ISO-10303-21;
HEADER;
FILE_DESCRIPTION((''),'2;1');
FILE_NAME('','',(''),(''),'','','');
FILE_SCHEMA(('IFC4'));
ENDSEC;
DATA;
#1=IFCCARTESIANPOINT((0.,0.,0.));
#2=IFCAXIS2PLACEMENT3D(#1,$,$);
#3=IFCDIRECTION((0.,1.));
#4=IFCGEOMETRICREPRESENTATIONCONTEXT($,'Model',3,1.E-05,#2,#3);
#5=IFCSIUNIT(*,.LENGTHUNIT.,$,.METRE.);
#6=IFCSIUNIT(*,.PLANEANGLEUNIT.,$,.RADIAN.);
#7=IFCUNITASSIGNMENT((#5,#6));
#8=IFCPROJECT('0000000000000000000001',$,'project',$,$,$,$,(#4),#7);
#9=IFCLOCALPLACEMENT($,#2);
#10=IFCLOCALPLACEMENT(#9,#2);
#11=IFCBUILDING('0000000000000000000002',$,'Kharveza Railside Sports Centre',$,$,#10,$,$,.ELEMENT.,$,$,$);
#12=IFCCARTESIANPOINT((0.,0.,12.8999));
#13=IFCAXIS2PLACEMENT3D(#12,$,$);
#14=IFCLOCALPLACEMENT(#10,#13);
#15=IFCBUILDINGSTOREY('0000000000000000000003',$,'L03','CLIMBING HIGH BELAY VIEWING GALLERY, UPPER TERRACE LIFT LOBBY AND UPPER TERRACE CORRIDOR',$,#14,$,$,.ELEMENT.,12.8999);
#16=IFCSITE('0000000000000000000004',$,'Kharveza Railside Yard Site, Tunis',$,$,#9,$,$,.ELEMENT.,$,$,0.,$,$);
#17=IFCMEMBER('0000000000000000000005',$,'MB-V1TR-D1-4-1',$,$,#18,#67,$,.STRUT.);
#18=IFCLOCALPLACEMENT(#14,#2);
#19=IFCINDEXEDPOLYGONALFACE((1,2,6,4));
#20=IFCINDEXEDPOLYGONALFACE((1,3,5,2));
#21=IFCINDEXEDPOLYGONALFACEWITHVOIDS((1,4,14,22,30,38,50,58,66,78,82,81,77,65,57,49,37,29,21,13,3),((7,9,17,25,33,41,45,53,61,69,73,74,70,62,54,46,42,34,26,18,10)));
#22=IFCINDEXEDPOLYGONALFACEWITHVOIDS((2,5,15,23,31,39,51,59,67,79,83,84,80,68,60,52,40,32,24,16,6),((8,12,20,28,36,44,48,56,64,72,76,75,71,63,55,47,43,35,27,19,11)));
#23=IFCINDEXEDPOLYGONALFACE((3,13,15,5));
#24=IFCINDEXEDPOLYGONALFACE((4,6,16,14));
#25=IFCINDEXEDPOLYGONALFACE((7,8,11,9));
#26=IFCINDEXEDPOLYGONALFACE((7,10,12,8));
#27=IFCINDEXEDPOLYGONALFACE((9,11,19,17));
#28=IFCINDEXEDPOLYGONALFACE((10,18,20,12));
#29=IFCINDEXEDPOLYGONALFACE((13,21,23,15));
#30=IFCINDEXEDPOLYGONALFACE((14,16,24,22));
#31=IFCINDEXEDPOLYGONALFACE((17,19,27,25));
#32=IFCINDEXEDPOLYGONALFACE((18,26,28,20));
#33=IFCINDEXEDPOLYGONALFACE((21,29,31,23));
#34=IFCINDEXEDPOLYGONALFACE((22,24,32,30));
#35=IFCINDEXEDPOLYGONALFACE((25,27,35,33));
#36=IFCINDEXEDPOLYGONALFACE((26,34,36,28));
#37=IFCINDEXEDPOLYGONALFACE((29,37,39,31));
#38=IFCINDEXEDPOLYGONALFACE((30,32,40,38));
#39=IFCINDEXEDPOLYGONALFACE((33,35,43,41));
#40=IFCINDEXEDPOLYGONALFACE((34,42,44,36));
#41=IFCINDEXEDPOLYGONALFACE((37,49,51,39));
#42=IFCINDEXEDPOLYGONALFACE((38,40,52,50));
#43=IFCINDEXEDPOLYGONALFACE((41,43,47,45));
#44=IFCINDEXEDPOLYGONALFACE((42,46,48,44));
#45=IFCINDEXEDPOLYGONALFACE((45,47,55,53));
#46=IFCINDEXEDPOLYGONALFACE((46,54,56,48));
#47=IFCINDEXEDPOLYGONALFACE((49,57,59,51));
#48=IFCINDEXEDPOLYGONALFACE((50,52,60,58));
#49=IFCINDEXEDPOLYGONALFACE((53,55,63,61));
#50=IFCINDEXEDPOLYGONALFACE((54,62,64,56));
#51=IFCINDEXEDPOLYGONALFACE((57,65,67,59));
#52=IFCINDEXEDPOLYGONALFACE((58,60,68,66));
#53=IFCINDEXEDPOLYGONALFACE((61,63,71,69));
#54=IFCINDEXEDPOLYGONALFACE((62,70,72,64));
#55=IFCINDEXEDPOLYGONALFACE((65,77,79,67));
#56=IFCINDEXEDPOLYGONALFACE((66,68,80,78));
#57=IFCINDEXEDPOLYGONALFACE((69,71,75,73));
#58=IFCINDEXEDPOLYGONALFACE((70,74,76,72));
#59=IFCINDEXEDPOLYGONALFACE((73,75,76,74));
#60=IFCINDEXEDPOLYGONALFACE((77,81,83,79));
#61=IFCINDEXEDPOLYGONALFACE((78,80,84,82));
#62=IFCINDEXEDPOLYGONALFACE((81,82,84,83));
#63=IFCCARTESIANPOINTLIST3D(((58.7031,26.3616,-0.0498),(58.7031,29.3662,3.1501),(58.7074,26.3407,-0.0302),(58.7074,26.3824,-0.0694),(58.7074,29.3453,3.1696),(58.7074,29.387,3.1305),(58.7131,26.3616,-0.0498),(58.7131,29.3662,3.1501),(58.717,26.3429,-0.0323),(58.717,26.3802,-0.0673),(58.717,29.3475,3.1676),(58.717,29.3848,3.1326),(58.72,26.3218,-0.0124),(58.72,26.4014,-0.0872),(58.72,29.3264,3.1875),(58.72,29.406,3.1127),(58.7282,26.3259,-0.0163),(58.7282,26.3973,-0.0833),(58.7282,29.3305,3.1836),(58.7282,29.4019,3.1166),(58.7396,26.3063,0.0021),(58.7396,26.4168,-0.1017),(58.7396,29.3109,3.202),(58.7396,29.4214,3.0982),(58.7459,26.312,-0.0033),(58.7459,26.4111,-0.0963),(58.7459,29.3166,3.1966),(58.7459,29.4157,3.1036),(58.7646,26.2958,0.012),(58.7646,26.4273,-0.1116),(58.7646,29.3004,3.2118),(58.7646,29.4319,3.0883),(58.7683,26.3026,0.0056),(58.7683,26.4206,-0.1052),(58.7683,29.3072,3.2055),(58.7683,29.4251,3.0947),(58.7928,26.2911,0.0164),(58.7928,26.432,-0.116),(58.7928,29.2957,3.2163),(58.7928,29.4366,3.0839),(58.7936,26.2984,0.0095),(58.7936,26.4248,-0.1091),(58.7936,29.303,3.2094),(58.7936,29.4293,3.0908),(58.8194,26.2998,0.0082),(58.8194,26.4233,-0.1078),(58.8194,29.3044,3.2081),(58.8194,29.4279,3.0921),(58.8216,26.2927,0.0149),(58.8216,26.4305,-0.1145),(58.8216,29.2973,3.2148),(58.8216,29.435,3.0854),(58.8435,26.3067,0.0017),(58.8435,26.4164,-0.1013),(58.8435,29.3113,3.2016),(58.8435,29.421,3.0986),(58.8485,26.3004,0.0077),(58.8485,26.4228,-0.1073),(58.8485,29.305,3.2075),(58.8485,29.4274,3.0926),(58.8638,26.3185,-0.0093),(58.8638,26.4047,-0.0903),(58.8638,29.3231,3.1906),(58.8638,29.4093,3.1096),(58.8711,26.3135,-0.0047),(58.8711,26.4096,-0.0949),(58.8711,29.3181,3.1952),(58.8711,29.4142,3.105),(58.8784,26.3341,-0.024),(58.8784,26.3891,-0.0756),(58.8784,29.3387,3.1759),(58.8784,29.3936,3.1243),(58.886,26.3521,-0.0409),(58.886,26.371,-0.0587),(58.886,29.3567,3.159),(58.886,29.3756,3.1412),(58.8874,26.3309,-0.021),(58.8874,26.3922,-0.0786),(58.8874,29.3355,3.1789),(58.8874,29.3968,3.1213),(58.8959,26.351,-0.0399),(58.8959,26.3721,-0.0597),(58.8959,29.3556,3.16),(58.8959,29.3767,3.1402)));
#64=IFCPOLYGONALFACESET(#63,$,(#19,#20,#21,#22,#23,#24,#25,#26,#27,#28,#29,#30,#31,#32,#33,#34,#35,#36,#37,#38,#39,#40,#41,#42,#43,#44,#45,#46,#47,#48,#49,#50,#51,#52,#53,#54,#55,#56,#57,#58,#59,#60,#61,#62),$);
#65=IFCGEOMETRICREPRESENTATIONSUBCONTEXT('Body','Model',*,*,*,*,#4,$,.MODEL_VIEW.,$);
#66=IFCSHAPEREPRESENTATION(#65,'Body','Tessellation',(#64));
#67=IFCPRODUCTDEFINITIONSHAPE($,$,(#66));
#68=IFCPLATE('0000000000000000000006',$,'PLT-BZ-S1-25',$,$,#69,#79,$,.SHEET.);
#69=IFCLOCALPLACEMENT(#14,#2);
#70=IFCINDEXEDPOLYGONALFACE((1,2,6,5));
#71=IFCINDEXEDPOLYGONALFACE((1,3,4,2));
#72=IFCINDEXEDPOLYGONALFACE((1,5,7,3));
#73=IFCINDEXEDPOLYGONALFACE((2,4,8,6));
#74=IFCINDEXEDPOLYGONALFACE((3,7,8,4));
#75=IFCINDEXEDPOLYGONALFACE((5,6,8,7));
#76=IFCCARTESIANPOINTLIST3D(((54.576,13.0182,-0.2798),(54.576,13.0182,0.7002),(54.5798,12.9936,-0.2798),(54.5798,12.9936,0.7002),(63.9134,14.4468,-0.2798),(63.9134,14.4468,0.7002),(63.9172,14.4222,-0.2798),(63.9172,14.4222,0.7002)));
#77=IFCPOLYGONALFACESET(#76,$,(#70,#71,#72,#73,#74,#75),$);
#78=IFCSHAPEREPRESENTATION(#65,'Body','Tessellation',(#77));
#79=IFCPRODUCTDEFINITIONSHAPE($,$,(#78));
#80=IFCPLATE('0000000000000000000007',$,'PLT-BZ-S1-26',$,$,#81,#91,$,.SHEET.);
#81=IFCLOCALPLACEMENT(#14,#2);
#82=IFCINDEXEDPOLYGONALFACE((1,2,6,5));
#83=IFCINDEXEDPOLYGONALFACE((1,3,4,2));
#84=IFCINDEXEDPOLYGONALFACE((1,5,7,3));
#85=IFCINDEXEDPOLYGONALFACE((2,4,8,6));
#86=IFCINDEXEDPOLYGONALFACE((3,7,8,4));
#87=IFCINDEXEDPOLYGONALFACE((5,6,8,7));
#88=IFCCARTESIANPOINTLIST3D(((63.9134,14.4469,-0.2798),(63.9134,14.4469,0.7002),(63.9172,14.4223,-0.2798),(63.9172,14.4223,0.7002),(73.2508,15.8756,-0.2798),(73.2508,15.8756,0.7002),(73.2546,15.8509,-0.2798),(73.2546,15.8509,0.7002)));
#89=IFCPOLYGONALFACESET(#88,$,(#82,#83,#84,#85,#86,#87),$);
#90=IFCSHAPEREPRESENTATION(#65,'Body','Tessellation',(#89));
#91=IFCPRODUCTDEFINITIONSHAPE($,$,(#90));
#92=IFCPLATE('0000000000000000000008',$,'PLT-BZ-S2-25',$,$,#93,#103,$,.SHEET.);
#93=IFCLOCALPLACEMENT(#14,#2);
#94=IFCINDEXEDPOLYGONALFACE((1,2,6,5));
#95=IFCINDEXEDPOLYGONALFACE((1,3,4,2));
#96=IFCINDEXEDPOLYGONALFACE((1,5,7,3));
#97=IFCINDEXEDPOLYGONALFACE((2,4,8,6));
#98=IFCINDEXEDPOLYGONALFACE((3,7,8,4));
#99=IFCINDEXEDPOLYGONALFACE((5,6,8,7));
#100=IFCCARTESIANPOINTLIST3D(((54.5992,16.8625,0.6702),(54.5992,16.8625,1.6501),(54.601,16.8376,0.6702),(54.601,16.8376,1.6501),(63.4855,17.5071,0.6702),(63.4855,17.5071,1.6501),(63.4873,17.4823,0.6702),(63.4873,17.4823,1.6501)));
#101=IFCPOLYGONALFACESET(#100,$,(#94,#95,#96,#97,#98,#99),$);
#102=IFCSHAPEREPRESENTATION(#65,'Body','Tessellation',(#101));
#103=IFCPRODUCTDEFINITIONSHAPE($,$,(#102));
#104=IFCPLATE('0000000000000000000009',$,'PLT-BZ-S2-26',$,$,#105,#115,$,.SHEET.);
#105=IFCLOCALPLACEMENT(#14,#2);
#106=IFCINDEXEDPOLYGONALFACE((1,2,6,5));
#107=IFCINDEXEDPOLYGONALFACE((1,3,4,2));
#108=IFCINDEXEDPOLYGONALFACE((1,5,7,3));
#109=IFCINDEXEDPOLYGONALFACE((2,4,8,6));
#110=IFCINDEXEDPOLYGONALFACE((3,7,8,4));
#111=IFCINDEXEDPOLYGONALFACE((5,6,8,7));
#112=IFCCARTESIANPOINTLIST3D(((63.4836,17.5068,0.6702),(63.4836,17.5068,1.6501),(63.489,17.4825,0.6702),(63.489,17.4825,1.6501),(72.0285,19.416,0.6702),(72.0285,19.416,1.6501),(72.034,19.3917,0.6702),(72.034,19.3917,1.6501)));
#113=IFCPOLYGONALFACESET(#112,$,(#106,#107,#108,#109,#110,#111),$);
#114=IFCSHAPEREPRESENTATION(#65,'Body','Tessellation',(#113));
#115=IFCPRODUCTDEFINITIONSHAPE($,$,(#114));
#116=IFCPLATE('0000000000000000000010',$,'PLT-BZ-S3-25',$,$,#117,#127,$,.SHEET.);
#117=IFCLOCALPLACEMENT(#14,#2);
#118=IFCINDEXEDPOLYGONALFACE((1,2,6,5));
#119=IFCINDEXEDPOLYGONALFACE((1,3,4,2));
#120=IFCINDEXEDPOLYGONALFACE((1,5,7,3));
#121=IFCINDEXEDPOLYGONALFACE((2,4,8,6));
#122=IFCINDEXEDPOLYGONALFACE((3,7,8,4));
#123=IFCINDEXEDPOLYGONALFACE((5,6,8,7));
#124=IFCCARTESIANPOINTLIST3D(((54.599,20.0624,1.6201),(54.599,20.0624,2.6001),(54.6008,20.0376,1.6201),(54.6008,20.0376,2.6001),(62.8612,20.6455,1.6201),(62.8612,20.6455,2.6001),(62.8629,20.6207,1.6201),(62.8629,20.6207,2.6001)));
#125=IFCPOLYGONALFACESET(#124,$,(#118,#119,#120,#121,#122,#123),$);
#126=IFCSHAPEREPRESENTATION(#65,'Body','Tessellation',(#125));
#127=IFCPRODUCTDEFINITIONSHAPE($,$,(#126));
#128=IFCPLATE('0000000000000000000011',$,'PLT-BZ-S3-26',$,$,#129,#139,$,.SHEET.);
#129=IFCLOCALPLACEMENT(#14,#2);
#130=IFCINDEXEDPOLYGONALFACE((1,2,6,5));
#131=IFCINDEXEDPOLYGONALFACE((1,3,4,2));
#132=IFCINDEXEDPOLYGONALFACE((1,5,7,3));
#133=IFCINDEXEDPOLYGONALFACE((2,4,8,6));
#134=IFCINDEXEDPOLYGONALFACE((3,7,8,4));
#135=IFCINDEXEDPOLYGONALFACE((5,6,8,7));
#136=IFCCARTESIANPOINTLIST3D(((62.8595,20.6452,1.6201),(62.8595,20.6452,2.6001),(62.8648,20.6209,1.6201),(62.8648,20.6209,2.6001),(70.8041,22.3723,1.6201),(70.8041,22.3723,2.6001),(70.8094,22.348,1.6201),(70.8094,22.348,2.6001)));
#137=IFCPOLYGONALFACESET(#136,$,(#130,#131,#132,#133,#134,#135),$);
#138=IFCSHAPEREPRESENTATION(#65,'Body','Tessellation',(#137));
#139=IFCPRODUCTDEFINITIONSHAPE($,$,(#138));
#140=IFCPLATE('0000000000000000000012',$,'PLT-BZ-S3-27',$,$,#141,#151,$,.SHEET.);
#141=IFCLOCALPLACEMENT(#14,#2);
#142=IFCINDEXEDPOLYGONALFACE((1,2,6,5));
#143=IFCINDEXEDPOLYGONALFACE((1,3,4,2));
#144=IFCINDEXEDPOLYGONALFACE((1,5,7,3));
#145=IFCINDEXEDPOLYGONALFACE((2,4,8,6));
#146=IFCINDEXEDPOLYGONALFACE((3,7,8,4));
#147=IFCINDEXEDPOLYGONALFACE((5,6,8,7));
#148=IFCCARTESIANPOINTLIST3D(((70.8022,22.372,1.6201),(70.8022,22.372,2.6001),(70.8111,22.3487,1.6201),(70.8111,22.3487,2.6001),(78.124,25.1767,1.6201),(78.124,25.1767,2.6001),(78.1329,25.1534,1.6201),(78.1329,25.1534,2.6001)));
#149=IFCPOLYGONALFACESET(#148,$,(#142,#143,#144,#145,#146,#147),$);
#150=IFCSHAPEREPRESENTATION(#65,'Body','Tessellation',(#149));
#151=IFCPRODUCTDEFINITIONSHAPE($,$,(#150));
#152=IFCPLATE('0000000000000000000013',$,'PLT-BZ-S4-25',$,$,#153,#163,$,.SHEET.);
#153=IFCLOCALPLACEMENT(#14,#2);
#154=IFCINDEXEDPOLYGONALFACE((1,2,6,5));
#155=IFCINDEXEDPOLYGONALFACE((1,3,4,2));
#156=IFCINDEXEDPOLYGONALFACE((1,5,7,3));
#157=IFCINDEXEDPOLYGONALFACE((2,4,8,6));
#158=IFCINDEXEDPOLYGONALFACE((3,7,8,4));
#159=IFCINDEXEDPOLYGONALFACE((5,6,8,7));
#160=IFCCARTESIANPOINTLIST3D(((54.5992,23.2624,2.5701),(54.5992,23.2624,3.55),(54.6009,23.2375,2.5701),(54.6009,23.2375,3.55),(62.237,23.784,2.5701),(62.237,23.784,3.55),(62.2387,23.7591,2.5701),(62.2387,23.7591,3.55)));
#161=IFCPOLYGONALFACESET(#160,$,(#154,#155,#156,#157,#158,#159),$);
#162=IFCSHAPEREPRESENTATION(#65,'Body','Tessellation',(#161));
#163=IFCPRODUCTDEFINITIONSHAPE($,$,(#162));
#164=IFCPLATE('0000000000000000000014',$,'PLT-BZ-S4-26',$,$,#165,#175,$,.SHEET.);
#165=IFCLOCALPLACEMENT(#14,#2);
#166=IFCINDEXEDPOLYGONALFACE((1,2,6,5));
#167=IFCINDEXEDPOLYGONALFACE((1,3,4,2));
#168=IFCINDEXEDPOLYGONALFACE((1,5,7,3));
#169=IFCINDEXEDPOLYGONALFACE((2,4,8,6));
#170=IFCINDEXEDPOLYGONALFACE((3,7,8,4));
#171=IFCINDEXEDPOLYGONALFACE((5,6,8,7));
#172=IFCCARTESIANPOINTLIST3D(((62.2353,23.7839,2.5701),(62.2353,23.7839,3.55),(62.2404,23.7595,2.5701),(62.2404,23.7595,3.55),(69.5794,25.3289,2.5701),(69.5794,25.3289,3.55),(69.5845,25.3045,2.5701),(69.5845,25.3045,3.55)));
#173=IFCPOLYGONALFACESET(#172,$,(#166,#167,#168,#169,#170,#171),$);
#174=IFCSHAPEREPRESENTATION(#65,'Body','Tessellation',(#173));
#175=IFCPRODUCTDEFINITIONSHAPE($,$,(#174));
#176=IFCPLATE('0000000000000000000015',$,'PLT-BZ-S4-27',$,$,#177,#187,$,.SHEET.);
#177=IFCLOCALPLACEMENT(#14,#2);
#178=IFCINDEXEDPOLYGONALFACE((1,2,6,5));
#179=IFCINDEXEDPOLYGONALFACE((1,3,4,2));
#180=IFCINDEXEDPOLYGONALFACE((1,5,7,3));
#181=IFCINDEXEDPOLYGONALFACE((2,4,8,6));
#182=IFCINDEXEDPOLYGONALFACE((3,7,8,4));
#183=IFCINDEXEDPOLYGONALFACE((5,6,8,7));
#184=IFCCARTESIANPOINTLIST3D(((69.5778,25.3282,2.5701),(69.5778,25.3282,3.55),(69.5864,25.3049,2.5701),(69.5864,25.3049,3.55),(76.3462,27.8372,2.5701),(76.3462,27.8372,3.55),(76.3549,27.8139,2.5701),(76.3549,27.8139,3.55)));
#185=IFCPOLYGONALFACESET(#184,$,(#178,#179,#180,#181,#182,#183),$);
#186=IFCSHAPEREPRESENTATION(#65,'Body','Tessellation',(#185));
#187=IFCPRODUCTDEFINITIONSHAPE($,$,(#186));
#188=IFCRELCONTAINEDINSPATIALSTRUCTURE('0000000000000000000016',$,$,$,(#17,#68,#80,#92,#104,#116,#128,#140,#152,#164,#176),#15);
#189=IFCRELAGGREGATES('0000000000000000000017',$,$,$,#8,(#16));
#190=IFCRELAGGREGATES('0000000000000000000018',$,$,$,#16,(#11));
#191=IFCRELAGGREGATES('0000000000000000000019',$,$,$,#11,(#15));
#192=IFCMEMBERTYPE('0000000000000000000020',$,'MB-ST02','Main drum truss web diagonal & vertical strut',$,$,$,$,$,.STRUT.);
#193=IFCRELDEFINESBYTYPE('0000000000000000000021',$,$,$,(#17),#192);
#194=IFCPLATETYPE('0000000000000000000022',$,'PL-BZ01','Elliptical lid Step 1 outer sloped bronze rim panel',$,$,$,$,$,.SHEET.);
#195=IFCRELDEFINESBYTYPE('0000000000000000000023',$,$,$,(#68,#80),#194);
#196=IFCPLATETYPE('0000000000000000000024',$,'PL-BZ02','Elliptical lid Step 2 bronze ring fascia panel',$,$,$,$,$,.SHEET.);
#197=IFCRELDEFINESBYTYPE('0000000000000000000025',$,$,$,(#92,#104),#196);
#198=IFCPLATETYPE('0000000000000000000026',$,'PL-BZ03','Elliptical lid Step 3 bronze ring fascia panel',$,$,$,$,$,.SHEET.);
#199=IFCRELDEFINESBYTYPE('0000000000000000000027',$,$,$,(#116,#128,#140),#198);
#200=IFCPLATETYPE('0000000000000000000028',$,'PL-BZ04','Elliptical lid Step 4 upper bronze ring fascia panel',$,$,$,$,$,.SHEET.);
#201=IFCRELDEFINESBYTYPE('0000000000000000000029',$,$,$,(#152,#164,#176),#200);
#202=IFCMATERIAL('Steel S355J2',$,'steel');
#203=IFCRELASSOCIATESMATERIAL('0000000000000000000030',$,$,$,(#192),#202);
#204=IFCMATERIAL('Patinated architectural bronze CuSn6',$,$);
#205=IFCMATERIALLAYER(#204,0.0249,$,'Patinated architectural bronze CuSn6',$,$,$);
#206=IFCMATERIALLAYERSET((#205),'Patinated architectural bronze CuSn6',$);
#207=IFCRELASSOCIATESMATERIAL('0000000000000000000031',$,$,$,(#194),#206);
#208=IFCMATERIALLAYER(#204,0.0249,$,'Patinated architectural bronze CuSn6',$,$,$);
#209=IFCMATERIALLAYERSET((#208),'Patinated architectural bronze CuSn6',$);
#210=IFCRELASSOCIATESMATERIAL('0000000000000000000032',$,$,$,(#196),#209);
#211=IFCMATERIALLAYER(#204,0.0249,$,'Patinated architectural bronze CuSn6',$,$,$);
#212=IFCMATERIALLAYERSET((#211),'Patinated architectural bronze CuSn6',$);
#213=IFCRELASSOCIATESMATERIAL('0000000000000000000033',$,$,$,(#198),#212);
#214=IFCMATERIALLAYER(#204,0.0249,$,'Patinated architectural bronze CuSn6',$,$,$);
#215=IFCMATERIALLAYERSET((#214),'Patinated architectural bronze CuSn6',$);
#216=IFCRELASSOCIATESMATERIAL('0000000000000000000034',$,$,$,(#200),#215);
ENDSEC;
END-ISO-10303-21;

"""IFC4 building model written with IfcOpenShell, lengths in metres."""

from ifc_helpers import new_model, si_unit, direction, frame, origin, origin_2d, place, context, subcontext, project, spatial, rectangle, hollow_circle, extrude, material, layer, layer_set, material_profile, profile_set, type_object, element, save


model = new_model("IFC4")

# Units and contexts
model_context = context("Model", 3, precision=1e-05, world=origin(), true_north=direction((0.0, 1.0)))
body_context = subcontext(model_context, "Body", "Model", "MODEL_VIEW")
ifc_project = project(units=[si_unit("LENGTHUNIT", "METRE"), si_unit("PLANEANGLEUNIT", "RADIAN")], contexts=[model_context])

# Site, building, storey
site_placement = place(None, origin())
site = spatial("IfcSite", under=ifc_project, at=site_placement, Name="Kharveza Railside Yard Site, Tunis", CompositionType="ELEMENT", RefElevation=0.0)
building_placement = place(site_placement, origin())
building = spatial("IfcBuilding", under=site, at=building_placement, Name="Kharveza Railside Sports Centre", CompositionType="ELEMENT")
storey_placement = place(building_placement, frame((0.0, 0.0, 12.8999)))
storey = spatial("IfcBuildingStorey", under=building, at=storey_placement, Name="L03", Description="CLIMBING HIGH BELAY VIEWING GALLERY, UPPER TERRACE LIFT LOBBY AND UPPER TERRACE CORRIDOR", CompositionType="ELEMENT", Elevation=12.8999)

# Shared definitions
ifc_material_1 = material(Name="Steel S355J2", Category="steel")

# Member
ifc_material_profile_1 = material_profile(ifc_material_1, hollow_circle(Radius=0.0969, WallThickness=0.01, at=origin_2d()), Name="CHS 193.7x10.0")
ifc_profile_set_1 = profile_set([ifc_material_profile_1], Name="Steel S355J2")
member_type_1 = type_object("IfcMemberType", Name="MB-ST02", Description="Main drum truss web diagonal & vertical strut", PredefinedType="STRUT", material=ifc_profile_set_1)
member_1_placement = place(storey_placement, frame((58.8, 26.3616, -0.0498), z_axis=(0.0, 0.684509, 0.729004), x_axis=(-1.0, 0.0, 0.0)))
element("IfcMember", 1, at=member_1_placement, inside=storey, type_object=member_type_1, Name="MB-V1TR-D1-4-1", PredefinedType="STRUT", context=body_context, shape_type="SweptSolid", body=[
    extrude(hollow_circle(Radius=0.0969, WallThickness=0.01, at=origin_2d()), origin(), (0.0, 0.0, 1.0), 4.3894),
])

# Plates
ifc_material_2 = material(Name="Patinated architectural bronze CuSn6")
ifc_layer_1 = layer(ifc_material_2, 0.0249, Name="Patinated architectural bronze CuSn6")
ifc_layer_set_1 = layer_set([ifc_layer_1], Name="Patinated architectural bronze CuSn6")
plate_type_1 = type_object("IfcPlateType", Name="PL-BZ01", Description="Elliptical lid Step 1 outer sloped bronze rim panel", PredefinedType="SHEET", material=ifc_layer_set_1)
for number, where, z_axis, x_axis, name in (
    (2, (59.2466, 13.7202, -0.2798), (0.0, 0.0, 1.0), (0.988497, 0.151244, 0.0), "PLT-BZ-S1-25"),
    (3, (68.584, 15.1489, -0.2798), (0.0, 0.0, 1.0), (0.988497, 0.151244, 0.0), "PLT-BZ-S1-26"),
):
    element("IfcPlate", number, at=place(storey_placement, frame(where, z_axis=z_axis, x_axis=x_axis)), inside=storey, type_object=plate_type_1, Name=name, PredefinedType="SHEET", context=body_context, shape_type="SweptSolid", body=[
        extrude(rectangle(XDim=9.446, YDim=0.0249, at=origin_2d()), origin(), (0.0, 0.0, 1.0), 0.98),
    ])
ifc_layer_2 = layer(ifc_material_2, 0.0249, Name="Patinated architectural bronze CuSn6")
ifc_layer_set_2 = layer_set([ifc_layer_2], Name="Patinated architectural bronze CuSn6")
plate_type_2 = type_object("IfcPlateType", Name="PL-BZ02", Description="Elliptical lid Step 2 bronze ring fascia panel", PredefinedType="SHEET", material=ifc_layer_set_2)
plate_1_placement = place(storey_placement, frame((59.0432, 17.1724, 0.6702), z_axis=(0.0, 0.0, 1.0), x_axis=(0.997379, 0.07235, 0.0)))
element("IfcPlate", 4, at=plate_1_placement, inside=storey, type_object=plate_type_2, Name="PLT-BZ-S2-25", PredefinedType="SHEET", context=body_context, shape_type="SweptSolid", body=[
    extrude(rectangle(XDim=8.9097, YDim=0.0249, at=origin_2d()), origin(), (0.0, 0.0, 1.0), 0.98),
])
plate_2_placement = place(storey_placement, frame((67.7588, 18.4492, 0.6702), z_axis=(0.0, 0.0, 1.0), x_axis=(0.975936, 0.218058, 0.0)))
element("IfcPlate", 5, at=plate_2_placement, inside=storey, type_object=plate_type_2, Name="PLT-BZ-S2-26", PredefinedType="SHEET", context=body_context, shape_type="SweptSolid", body=[
    extrude(rectangle(XDim=8.7556, YDim=0.0249, at=origin_2d()), origin(), (0.0, 0.0, 1.0), 0.98),
])
ifc_layer_3 = layer(ifc_material_2, 0.0249, Name="Patinated architectural bronze CuSn6")
ifc_layer_set_3 = layer_set([ifc_layer_3], Name="Patinated architectural bronze CuSn6")
plate_type_3 = type_object("IfcPlateType", Name="PL-BZ03", Description="Elliptical lid Step 3 bronze ring fascia panel", PredefinedType="SHEET", material=ifc_layer_set_3)
plate_3_placement = place(storey_placement, frame((58.731, 20.3416, 1.6201), z_axis=(0.0, 0.0, 1.0), x_axis=(0.997519, 0.070401, 0.0)))
element("IfcPlate", 6, at=plate_3_placement, inside=storey, type_object=plate_type_3, Name="PLT-BZ-S3-25", PredefinedType="SHEET", context=body_context, shape_type="SweptSolid", body=[
    extrude(rectangle(XDim=8.2827, YDim=0.0249, at=origin_2d()), origin(), (0.0, 0.0, 1.0), 0.98),
])
plate_4_placement = place(storey_placement, frame((66.8345, 21.4966, 1.6201), z_axis=(0.0, 0.0, 1.0), x_axis=(0.977176, 0.212434, 0.0)))
element("IfcPlate", 7, at=plate_4_placement, inside=storey, type_object=plate_type_3, Name="PLT-BZ-S3-26", PredefinedType="SHEET", context=body_context, shape_type="SweptSolid", body=[
    extrude(rectangle(XDim=8.1301, YDim=0.0249, at=origin_2d()), origin(), (0.0, 0.0, 1.0), 0.98),
])
plate_5_placement = place(storey_placement, frame((74.4675, 23.7627, 1.6201), z_axis=(0.0, 0.0, 1.0), x_axis=(0.93383, 0.357716, 0.0)))
element("IfcPlate", 8, at=plate_5_placement, inside=storey, type_object=plate_type_3, Name="PLT-BZ-S3-27", PredefinedType="SHEET", context=body_context, shape_type="SweptSolid", body=[
    extrude(rectangle(XDim=7.8406, YDim=0.0249, at=origin_2d()), origin(), (0.0, 0.0, 1.0), 0.98),
])
ifc_layer_4 = layer(ifc_material_2, 0.0249, Name="Patinated architectural bronze CuSn6")
ifc_layer_set_4 = layer_set([ifc_layer_4], Name="Patinated architectural bronze CuSn6")
plate_type_4 = type_object("IfcPlateType", Name="PL-BZ04", Description="Elliptical lid Step 4 upper bronze ring fascia panel", PredefinedType="SHEET", material=ifc_layer_set_4)
plate_6_placement = place(storey_placement, frame((58.4189, 23.5107, 2.5701), z_axis=(0.0, 0.0, 1.0), x_axis=(0.997676, 0.068137, 0.0)))
element("IfcPlate", 9, at=plate_6_placement, inside=storey, type_object=plate_type_4, Name="PLT-BZ-S4-25", PredefinedType="SHEET", context=body_context, shape_type="SweptSolid", body=[
    extrude(rectangle(XDim=7.6555, YDim=0.0249, at=origin_2d()), origin(), (0.0, 0.0, 1.0), 0.98),
])
plate_7_placement = place(storey_placement, frame((65.9099, 24.5442, 2.5701), z_axis=(0.0, 0.0, 1.0), x_axis=(0.978581, 0.205863, 0.0)))
element("IfcPlate", 10, at=plate_7_placement, inside=storey, type_object=plate_type_4, Name="PLT-BZ-S4-26", PredefinedType="SHEET", context=body_context, shape_type="SweptSolid", body=[
    extrude(rectangle(XDim=7.5049, YDim=0.0249, at=origin_2d()), origin(), (0.0, 0.0, 1.0), 0.98),
])
plate_8_placement = place(storey_placement, frame((72.9663, 26.571, 2.5701), z_axis=(0.0, 0.0, 1.0), x_axis=(0.937653, 0.347574, 0.0)))
element("IfcPlate", 11, at=plate_8_placement, inside=storey, type_object=plate_type_4, Name="PLT-BZ-S4-27", PredefinedType="SHEET", context=body_context, shape_type="SweptSolid", body=[
    extrude(rectangle(XDim=7.2185, YDim=0.0249, at=origin_2d()), origin(), (0.0, 0.0, 1.0), 0.98),
])

save(model, "model.ifc")
